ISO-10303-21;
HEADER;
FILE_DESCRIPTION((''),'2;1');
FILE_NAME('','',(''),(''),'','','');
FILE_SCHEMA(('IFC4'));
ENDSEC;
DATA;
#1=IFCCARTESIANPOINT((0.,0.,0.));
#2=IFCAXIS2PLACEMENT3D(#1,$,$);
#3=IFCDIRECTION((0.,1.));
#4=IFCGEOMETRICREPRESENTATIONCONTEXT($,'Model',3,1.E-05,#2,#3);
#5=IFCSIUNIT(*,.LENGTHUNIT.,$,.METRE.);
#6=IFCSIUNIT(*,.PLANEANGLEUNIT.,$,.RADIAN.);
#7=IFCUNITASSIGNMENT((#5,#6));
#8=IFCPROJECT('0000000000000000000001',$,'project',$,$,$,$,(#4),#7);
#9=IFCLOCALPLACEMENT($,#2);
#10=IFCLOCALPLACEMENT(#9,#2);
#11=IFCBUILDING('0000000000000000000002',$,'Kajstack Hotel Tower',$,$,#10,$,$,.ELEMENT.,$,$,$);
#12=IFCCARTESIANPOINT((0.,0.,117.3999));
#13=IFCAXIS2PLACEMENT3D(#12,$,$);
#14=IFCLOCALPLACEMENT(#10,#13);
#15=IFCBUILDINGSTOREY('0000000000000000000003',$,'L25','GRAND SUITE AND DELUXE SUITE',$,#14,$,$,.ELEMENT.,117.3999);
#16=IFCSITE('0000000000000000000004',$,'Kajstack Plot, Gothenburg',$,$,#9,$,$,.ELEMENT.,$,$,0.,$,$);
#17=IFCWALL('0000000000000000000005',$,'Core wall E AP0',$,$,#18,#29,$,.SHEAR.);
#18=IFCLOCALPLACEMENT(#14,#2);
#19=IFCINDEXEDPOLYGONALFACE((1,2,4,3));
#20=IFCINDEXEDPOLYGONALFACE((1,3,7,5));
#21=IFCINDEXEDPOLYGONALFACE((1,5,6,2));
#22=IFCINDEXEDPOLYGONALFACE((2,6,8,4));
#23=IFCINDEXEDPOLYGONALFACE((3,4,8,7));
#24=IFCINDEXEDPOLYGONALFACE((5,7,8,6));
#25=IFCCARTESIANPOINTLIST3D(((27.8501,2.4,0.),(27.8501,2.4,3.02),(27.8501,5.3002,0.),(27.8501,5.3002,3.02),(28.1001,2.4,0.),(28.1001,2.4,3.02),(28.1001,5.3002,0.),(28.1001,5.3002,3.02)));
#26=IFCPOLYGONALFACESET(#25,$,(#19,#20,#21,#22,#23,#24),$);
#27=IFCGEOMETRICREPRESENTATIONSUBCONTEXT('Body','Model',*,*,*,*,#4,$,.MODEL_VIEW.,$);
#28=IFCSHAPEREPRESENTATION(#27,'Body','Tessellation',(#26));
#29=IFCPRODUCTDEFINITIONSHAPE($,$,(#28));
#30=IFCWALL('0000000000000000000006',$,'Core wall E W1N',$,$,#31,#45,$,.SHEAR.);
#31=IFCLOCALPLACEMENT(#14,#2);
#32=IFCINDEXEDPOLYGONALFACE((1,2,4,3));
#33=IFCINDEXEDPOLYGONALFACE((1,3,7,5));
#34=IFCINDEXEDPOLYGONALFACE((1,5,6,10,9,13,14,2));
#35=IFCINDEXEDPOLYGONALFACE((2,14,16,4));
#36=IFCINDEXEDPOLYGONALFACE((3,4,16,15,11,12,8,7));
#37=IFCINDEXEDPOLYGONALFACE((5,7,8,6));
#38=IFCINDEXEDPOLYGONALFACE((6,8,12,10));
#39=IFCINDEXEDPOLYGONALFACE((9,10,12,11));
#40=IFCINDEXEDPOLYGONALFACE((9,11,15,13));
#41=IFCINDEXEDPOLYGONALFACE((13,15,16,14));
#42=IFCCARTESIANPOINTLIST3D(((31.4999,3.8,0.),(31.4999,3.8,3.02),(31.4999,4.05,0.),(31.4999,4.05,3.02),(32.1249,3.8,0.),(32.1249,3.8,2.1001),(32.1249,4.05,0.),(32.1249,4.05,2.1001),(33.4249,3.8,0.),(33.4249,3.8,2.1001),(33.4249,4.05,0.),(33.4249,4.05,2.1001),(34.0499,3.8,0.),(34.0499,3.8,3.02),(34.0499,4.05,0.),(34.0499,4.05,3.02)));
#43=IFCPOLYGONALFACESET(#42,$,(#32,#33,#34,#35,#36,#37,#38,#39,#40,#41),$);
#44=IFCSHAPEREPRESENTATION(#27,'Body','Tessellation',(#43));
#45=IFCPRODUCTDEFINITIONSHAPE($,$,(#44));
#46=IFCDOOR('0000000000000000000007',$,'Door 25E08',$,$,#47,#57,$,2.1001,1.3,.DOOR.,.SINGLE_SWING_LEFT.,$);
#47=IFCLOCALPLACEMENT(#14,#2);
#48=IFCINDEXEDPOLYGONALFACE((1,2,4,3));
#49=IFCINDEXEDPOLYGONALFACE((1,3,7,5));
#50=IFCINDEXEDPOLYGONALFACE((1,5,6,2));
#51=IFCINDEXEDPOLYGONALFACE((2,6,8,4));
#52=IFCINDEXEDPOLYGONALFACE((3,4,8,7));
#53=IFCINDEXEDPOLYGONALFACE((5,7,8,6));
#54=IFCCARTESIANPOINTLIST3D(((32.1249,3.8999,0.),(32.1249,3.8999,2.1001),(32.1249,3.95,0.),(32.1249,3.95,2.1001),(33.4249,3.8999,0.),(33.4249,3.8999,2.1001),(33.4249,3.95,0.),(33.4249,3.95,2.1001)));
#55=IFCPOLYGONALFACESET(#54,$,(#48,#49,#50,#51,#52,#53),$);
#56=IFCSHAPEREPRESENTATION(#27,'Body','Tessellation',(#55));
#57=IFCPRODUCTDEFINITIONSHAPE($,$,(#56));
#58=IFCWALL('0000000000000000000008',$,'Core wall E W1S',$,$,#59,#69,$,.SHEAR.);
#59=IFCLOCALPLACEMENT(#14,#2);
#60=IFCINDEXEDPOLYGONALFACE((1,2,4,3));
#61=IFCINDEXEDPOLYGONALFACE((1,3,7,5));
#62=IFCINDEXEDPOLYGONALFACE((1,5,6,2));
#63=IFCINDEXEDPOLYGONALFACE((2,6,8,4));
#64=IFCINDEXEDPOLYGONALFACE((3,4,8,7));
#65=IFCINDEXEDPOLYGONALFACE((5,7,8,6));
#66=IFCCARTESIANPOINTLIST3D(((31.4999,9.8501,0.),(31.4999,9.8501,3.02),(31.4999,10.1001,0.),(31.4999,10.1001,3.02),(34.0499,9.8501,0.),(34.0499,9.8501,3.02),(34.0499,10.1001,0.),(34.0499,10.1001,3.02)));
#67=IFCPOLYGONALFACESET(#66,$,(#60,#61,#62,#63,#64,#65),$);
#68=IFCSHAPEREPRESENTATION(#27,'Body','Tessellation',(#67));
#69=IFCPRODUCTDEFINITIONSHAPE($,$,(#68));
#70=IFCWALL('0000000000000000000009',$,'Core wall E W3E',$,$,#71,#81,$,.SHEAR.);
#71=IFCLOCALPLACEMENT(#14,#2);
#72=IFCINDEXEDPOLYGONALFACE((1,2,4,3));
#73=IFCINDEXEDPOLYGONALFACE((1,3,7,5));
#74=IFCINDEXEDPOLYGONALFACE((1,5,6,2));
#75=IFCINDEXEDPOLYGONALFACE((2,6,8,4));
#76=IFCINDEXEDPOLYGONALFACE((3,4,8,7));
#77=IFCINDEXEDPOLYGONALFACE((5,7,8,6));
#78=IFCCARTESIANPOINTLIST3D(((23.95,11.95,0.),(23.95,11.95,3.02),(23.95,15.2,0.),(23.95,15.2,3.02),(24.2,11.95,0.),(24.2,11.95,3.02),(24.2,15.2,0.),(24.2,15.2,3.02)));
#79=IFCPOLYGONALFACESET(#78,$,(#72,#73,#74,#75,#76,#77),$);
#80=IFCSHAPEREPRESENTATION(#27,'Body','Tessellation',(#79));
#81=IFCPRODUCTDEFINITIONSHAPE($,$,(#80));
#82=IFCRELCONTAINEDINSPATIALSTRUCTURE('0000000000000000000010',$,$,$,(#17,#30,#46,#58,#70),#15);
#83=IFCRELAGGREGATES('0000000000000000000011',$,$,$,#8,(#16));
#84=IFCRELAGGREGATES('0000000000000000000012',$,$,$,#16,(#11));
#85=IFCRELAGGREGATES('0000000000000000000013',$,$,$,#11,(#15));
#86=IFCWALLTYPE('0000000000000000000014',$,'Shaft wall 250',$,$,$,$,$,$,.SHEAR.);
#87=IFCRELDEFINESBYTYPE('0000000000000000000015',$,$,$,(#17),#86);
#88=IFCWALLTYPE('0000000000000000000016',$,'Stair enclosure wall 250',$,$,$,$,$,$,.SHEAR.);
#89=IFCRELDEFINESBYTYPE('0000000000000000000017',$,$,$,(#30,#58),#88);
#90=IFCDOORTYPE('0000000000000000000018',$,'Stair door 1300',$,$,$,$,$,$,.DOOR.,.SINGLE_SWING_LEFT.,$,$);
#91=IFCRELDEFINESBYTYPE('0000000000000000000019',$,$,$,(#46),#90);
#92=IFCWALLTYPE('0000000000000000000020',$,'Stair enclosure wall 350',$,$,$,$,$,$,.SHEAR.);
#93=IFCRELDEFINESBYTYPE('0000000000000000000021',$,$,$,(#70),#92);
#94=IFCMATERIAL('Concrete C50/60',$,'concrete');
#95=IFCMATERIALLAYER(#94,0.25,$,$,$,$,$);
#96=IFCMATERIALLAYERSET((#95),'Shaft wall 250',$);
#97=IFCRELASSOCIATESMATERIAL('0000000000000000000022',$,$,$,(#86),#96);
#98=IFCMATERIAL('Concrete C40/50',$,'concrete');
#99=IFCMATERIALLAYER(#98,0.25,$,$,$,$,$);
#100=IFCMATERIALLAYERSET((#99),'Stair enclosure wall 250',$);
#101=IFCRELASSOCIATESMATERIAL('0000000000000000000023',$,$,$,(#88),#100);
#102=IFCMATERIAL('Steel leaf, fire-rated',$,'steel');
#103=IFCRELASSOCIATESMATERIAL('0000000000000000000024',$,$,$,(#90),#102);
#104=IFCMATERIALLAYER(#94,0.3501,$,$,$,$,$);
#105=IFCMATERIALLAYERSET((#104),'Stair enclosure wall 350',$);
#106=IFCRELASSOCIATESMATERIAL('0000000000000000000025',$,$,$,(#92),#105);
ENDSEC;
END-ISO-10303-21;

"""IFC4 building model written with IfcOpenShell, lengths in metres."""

from ifc_helpers import new_model, si_unit, direction, frame, frame_2d, origin, place, context, subcontext, project, spatial, rectangle, extrude, material, layer, layer_set, type_object, element, fill, save


model = new_model("IFC4")

# Units and contexts
model_context = context("Model", 3, precision=1e-05, world=origin(), true_north=direction((0.0, 1.0)))
body_context = subcontext(model_context, "Body", "Model", "MODEL_VIEW")
ifc_project = project(units=[si_unit("LENGTHUNIT", "METRE"), si_unit("PLANEANGLEUNIT", "RADIAN")], contexts=[model_context])

# Site, building, storey
site_placement = place(None, origin())
site = spatial("IfcSite", under=ifc_project, at=site_placement, Name="Kajstack Plot, Gothenburg", CompositionType="ELEMENT", RefElevation=0.0)
building_placement = place(site_placement, origin())
building = spatial("IfcBuilding", under=site, at=building_placement, Name="Kajstack Hotel Tower", CompositionType="ELEMENT")
storey_placement = place(building_placement, frame((0.0, 0.0, 117.3999)))
storey = spatial("IfcBuildingStorey", under=building, at=storey_placement, Name="L25", Description="GRAND SUITE AND DELUXE SUITE", CompositionType="ELEMENT", Elevation=117.3999)

# Shared definitions
ifc_material_1 = material(Name="Concrete C40/50", Category="concrete")
ifc_material_2 = material(Name="Concrete C50/60", Category="concrete")

# Wall
ifc_layer_1 = layer(ifc_material_2, 0.25)
ifc_layer_set_1 = layer_set([ifc_layer_1], Name="Shaft wall 250")
wall_type_1 = type_object("IfcWallType", Name="Shaft wall 250", PredefinedType="SHEAR", material=ifc_layer_set_1)
wall_1_placement = place(storey_placement, frame((27.9751, 2.3999, 0.0), z_axis=(0.0, 0.0, 1.0), x_axis=(0.0, 1.0, 0.0)))
element("IfcWall", 1, at=wall_1_placement, inside=storey, type_object=wall_type_1, Name="Core wall E AP0", PredefinedType="SHEAR", context=body_context, shape_type="SweptSolid", body=[
    extrude(rectangle(XDim=2.9001, YDim=0.25, at=frame_2d((1.4502, 0.0))), origin(), (0.0, 0.0, 1.0), 3.02),
])

# Wall, opening, door
ifc_layer_2 = layer(ifc_material_1, 0.25)
ifc_layer_set_2 = layer_set([ifc_layer_2], Name="Stair enclosure wall 250")
wall_type_2 = type_object("IfcWallType", Name="Stair enclosure wall 250", PredefinedType="SHEAR", material=ifc_layer_set_2)
wall_2_placement = place(storey_placement, frame((31.5, 3.925, 0.0), z_axis=(0.0, 0.0, 1.0), x_axis=(1.0, 0.0, 0.0)))
wall_2 = element("IfcWall", 2, at=wall_2_placement, inside=storey, type_object=wall_type_2, Name="Core wall E W1N", PredefinedType="SHEAR", context=body_context, shape_type="SweptSolid", body=[
    extrude(rectangle(XDim=2.55, YDim=0.25, at=frame_2d((1.2749, 0.0))), origin(), (0.0, 0.0, 1.0), 3.02),
])
opening_1_placement = place(wall_2_placement, frame((0.625, 0.0, 0.0)))
opening_1 = element("IfcOpeningElement", 3, at=opening_1_placement, cuts=wall_2, PredefinedType="OPENING", context=body_context, shape_type="SweptSolid", body=[
    extrude(rectangle(XDim=1.3, YDim=2.1001, at=frame_2d((0.6499, 1.05))), frame((0.0, 0.135, 0.0), z_axis=(0.0, -1.0, 0.0), x_axis=(1.0, 0.0, 0.0)), (0.0, 0.0, 1.0), 0.27),
])
ifc_material_3 = material(Name="Steel leaf, fire-rated", Category="steel")
door_type_1 = type_object("IfcDoorType", Name="Stair door 1300", OperationType="SINGLE_SWING_LEFT", PredefinedType="DOOR", material=ifc_material_3)
door_1_placement = place(opening_1_placement, origin())
door_1 = element("IfcDoor", 4, at=door_1_placement, inside=storey, type_object=door_type_1, Name="Door 25E08", OperationType="SINGLE_SWING_LEFT", OverallHeight=2.1001, OverallWidth=1.3, PredefinedType="DOOR", context=body_context, shape_type="SweptSolid", body=[
    extrude(rectangle(XDim=1.3, YDim=2.1001, at=frame_2d((0.6499, 1.05))), frame((0.0, 0.0249, 0.0), z_axis=(0.0, -1.0, 0.0), x_axis=(1.0, 0.0, 0.0)), (0.0, 0.0, 1.0), 0.05),
])
fill(opening_1, door_1)

# Walls
wall_3_placement = place(storey_placement, frame((31.5, 9.9751, 0.0), z_axis=(0.0, 0.0, 1.0), x_axis=(1.0, 0.0, 0.0)))
element("IfcWall", 5, at=wall_3_placement, inside=storey, type_object=wall_type_2, Name="Core wall E W1S", PredefinedType="SHEAR", context=body_context, shape_type="SweptSolid", body=[
    extrude(rectangle(XDim=2.55, YDim=0.25, at=frame_2d((1.2749, 0.0))), origin(), (0.0, 0.0, 1.0), 3.02),
])
ifc_layer_3 = layer(ifc_material_2, 0.3501)
ifc_layer_set_3 = layer_set([ifc_layer_3], Name="Stair enclosure wall 350")
wall_type_3 = type_object("IfcWallType", Name="Stair enclosure wall 350", PredefinedType="SHEAR", material=ifc_layer_set_3)
wall_4_placement = place(storey_placement, frame((24.075, 11.95, 0.0), z_axis=(0.0, 0.0, 1.0), x_axis=(0.0, 1.0, 0.0)))
element("IfcWall", 6, at=wall_4_placement, inside=storey, type_object=wall_type_3, Name="Core wall E W3E", PredefinedType="SHEAR", context=body_context, shape_type="SweptSolid", body=[
    extrude(rectangle(XDim=3.25, YDim=0.25, at=frame_2d((1.625, 0.0))), origin(), (0.0, 0.0, 1.0), 3.02),
])

save(model, "model.ifc")
